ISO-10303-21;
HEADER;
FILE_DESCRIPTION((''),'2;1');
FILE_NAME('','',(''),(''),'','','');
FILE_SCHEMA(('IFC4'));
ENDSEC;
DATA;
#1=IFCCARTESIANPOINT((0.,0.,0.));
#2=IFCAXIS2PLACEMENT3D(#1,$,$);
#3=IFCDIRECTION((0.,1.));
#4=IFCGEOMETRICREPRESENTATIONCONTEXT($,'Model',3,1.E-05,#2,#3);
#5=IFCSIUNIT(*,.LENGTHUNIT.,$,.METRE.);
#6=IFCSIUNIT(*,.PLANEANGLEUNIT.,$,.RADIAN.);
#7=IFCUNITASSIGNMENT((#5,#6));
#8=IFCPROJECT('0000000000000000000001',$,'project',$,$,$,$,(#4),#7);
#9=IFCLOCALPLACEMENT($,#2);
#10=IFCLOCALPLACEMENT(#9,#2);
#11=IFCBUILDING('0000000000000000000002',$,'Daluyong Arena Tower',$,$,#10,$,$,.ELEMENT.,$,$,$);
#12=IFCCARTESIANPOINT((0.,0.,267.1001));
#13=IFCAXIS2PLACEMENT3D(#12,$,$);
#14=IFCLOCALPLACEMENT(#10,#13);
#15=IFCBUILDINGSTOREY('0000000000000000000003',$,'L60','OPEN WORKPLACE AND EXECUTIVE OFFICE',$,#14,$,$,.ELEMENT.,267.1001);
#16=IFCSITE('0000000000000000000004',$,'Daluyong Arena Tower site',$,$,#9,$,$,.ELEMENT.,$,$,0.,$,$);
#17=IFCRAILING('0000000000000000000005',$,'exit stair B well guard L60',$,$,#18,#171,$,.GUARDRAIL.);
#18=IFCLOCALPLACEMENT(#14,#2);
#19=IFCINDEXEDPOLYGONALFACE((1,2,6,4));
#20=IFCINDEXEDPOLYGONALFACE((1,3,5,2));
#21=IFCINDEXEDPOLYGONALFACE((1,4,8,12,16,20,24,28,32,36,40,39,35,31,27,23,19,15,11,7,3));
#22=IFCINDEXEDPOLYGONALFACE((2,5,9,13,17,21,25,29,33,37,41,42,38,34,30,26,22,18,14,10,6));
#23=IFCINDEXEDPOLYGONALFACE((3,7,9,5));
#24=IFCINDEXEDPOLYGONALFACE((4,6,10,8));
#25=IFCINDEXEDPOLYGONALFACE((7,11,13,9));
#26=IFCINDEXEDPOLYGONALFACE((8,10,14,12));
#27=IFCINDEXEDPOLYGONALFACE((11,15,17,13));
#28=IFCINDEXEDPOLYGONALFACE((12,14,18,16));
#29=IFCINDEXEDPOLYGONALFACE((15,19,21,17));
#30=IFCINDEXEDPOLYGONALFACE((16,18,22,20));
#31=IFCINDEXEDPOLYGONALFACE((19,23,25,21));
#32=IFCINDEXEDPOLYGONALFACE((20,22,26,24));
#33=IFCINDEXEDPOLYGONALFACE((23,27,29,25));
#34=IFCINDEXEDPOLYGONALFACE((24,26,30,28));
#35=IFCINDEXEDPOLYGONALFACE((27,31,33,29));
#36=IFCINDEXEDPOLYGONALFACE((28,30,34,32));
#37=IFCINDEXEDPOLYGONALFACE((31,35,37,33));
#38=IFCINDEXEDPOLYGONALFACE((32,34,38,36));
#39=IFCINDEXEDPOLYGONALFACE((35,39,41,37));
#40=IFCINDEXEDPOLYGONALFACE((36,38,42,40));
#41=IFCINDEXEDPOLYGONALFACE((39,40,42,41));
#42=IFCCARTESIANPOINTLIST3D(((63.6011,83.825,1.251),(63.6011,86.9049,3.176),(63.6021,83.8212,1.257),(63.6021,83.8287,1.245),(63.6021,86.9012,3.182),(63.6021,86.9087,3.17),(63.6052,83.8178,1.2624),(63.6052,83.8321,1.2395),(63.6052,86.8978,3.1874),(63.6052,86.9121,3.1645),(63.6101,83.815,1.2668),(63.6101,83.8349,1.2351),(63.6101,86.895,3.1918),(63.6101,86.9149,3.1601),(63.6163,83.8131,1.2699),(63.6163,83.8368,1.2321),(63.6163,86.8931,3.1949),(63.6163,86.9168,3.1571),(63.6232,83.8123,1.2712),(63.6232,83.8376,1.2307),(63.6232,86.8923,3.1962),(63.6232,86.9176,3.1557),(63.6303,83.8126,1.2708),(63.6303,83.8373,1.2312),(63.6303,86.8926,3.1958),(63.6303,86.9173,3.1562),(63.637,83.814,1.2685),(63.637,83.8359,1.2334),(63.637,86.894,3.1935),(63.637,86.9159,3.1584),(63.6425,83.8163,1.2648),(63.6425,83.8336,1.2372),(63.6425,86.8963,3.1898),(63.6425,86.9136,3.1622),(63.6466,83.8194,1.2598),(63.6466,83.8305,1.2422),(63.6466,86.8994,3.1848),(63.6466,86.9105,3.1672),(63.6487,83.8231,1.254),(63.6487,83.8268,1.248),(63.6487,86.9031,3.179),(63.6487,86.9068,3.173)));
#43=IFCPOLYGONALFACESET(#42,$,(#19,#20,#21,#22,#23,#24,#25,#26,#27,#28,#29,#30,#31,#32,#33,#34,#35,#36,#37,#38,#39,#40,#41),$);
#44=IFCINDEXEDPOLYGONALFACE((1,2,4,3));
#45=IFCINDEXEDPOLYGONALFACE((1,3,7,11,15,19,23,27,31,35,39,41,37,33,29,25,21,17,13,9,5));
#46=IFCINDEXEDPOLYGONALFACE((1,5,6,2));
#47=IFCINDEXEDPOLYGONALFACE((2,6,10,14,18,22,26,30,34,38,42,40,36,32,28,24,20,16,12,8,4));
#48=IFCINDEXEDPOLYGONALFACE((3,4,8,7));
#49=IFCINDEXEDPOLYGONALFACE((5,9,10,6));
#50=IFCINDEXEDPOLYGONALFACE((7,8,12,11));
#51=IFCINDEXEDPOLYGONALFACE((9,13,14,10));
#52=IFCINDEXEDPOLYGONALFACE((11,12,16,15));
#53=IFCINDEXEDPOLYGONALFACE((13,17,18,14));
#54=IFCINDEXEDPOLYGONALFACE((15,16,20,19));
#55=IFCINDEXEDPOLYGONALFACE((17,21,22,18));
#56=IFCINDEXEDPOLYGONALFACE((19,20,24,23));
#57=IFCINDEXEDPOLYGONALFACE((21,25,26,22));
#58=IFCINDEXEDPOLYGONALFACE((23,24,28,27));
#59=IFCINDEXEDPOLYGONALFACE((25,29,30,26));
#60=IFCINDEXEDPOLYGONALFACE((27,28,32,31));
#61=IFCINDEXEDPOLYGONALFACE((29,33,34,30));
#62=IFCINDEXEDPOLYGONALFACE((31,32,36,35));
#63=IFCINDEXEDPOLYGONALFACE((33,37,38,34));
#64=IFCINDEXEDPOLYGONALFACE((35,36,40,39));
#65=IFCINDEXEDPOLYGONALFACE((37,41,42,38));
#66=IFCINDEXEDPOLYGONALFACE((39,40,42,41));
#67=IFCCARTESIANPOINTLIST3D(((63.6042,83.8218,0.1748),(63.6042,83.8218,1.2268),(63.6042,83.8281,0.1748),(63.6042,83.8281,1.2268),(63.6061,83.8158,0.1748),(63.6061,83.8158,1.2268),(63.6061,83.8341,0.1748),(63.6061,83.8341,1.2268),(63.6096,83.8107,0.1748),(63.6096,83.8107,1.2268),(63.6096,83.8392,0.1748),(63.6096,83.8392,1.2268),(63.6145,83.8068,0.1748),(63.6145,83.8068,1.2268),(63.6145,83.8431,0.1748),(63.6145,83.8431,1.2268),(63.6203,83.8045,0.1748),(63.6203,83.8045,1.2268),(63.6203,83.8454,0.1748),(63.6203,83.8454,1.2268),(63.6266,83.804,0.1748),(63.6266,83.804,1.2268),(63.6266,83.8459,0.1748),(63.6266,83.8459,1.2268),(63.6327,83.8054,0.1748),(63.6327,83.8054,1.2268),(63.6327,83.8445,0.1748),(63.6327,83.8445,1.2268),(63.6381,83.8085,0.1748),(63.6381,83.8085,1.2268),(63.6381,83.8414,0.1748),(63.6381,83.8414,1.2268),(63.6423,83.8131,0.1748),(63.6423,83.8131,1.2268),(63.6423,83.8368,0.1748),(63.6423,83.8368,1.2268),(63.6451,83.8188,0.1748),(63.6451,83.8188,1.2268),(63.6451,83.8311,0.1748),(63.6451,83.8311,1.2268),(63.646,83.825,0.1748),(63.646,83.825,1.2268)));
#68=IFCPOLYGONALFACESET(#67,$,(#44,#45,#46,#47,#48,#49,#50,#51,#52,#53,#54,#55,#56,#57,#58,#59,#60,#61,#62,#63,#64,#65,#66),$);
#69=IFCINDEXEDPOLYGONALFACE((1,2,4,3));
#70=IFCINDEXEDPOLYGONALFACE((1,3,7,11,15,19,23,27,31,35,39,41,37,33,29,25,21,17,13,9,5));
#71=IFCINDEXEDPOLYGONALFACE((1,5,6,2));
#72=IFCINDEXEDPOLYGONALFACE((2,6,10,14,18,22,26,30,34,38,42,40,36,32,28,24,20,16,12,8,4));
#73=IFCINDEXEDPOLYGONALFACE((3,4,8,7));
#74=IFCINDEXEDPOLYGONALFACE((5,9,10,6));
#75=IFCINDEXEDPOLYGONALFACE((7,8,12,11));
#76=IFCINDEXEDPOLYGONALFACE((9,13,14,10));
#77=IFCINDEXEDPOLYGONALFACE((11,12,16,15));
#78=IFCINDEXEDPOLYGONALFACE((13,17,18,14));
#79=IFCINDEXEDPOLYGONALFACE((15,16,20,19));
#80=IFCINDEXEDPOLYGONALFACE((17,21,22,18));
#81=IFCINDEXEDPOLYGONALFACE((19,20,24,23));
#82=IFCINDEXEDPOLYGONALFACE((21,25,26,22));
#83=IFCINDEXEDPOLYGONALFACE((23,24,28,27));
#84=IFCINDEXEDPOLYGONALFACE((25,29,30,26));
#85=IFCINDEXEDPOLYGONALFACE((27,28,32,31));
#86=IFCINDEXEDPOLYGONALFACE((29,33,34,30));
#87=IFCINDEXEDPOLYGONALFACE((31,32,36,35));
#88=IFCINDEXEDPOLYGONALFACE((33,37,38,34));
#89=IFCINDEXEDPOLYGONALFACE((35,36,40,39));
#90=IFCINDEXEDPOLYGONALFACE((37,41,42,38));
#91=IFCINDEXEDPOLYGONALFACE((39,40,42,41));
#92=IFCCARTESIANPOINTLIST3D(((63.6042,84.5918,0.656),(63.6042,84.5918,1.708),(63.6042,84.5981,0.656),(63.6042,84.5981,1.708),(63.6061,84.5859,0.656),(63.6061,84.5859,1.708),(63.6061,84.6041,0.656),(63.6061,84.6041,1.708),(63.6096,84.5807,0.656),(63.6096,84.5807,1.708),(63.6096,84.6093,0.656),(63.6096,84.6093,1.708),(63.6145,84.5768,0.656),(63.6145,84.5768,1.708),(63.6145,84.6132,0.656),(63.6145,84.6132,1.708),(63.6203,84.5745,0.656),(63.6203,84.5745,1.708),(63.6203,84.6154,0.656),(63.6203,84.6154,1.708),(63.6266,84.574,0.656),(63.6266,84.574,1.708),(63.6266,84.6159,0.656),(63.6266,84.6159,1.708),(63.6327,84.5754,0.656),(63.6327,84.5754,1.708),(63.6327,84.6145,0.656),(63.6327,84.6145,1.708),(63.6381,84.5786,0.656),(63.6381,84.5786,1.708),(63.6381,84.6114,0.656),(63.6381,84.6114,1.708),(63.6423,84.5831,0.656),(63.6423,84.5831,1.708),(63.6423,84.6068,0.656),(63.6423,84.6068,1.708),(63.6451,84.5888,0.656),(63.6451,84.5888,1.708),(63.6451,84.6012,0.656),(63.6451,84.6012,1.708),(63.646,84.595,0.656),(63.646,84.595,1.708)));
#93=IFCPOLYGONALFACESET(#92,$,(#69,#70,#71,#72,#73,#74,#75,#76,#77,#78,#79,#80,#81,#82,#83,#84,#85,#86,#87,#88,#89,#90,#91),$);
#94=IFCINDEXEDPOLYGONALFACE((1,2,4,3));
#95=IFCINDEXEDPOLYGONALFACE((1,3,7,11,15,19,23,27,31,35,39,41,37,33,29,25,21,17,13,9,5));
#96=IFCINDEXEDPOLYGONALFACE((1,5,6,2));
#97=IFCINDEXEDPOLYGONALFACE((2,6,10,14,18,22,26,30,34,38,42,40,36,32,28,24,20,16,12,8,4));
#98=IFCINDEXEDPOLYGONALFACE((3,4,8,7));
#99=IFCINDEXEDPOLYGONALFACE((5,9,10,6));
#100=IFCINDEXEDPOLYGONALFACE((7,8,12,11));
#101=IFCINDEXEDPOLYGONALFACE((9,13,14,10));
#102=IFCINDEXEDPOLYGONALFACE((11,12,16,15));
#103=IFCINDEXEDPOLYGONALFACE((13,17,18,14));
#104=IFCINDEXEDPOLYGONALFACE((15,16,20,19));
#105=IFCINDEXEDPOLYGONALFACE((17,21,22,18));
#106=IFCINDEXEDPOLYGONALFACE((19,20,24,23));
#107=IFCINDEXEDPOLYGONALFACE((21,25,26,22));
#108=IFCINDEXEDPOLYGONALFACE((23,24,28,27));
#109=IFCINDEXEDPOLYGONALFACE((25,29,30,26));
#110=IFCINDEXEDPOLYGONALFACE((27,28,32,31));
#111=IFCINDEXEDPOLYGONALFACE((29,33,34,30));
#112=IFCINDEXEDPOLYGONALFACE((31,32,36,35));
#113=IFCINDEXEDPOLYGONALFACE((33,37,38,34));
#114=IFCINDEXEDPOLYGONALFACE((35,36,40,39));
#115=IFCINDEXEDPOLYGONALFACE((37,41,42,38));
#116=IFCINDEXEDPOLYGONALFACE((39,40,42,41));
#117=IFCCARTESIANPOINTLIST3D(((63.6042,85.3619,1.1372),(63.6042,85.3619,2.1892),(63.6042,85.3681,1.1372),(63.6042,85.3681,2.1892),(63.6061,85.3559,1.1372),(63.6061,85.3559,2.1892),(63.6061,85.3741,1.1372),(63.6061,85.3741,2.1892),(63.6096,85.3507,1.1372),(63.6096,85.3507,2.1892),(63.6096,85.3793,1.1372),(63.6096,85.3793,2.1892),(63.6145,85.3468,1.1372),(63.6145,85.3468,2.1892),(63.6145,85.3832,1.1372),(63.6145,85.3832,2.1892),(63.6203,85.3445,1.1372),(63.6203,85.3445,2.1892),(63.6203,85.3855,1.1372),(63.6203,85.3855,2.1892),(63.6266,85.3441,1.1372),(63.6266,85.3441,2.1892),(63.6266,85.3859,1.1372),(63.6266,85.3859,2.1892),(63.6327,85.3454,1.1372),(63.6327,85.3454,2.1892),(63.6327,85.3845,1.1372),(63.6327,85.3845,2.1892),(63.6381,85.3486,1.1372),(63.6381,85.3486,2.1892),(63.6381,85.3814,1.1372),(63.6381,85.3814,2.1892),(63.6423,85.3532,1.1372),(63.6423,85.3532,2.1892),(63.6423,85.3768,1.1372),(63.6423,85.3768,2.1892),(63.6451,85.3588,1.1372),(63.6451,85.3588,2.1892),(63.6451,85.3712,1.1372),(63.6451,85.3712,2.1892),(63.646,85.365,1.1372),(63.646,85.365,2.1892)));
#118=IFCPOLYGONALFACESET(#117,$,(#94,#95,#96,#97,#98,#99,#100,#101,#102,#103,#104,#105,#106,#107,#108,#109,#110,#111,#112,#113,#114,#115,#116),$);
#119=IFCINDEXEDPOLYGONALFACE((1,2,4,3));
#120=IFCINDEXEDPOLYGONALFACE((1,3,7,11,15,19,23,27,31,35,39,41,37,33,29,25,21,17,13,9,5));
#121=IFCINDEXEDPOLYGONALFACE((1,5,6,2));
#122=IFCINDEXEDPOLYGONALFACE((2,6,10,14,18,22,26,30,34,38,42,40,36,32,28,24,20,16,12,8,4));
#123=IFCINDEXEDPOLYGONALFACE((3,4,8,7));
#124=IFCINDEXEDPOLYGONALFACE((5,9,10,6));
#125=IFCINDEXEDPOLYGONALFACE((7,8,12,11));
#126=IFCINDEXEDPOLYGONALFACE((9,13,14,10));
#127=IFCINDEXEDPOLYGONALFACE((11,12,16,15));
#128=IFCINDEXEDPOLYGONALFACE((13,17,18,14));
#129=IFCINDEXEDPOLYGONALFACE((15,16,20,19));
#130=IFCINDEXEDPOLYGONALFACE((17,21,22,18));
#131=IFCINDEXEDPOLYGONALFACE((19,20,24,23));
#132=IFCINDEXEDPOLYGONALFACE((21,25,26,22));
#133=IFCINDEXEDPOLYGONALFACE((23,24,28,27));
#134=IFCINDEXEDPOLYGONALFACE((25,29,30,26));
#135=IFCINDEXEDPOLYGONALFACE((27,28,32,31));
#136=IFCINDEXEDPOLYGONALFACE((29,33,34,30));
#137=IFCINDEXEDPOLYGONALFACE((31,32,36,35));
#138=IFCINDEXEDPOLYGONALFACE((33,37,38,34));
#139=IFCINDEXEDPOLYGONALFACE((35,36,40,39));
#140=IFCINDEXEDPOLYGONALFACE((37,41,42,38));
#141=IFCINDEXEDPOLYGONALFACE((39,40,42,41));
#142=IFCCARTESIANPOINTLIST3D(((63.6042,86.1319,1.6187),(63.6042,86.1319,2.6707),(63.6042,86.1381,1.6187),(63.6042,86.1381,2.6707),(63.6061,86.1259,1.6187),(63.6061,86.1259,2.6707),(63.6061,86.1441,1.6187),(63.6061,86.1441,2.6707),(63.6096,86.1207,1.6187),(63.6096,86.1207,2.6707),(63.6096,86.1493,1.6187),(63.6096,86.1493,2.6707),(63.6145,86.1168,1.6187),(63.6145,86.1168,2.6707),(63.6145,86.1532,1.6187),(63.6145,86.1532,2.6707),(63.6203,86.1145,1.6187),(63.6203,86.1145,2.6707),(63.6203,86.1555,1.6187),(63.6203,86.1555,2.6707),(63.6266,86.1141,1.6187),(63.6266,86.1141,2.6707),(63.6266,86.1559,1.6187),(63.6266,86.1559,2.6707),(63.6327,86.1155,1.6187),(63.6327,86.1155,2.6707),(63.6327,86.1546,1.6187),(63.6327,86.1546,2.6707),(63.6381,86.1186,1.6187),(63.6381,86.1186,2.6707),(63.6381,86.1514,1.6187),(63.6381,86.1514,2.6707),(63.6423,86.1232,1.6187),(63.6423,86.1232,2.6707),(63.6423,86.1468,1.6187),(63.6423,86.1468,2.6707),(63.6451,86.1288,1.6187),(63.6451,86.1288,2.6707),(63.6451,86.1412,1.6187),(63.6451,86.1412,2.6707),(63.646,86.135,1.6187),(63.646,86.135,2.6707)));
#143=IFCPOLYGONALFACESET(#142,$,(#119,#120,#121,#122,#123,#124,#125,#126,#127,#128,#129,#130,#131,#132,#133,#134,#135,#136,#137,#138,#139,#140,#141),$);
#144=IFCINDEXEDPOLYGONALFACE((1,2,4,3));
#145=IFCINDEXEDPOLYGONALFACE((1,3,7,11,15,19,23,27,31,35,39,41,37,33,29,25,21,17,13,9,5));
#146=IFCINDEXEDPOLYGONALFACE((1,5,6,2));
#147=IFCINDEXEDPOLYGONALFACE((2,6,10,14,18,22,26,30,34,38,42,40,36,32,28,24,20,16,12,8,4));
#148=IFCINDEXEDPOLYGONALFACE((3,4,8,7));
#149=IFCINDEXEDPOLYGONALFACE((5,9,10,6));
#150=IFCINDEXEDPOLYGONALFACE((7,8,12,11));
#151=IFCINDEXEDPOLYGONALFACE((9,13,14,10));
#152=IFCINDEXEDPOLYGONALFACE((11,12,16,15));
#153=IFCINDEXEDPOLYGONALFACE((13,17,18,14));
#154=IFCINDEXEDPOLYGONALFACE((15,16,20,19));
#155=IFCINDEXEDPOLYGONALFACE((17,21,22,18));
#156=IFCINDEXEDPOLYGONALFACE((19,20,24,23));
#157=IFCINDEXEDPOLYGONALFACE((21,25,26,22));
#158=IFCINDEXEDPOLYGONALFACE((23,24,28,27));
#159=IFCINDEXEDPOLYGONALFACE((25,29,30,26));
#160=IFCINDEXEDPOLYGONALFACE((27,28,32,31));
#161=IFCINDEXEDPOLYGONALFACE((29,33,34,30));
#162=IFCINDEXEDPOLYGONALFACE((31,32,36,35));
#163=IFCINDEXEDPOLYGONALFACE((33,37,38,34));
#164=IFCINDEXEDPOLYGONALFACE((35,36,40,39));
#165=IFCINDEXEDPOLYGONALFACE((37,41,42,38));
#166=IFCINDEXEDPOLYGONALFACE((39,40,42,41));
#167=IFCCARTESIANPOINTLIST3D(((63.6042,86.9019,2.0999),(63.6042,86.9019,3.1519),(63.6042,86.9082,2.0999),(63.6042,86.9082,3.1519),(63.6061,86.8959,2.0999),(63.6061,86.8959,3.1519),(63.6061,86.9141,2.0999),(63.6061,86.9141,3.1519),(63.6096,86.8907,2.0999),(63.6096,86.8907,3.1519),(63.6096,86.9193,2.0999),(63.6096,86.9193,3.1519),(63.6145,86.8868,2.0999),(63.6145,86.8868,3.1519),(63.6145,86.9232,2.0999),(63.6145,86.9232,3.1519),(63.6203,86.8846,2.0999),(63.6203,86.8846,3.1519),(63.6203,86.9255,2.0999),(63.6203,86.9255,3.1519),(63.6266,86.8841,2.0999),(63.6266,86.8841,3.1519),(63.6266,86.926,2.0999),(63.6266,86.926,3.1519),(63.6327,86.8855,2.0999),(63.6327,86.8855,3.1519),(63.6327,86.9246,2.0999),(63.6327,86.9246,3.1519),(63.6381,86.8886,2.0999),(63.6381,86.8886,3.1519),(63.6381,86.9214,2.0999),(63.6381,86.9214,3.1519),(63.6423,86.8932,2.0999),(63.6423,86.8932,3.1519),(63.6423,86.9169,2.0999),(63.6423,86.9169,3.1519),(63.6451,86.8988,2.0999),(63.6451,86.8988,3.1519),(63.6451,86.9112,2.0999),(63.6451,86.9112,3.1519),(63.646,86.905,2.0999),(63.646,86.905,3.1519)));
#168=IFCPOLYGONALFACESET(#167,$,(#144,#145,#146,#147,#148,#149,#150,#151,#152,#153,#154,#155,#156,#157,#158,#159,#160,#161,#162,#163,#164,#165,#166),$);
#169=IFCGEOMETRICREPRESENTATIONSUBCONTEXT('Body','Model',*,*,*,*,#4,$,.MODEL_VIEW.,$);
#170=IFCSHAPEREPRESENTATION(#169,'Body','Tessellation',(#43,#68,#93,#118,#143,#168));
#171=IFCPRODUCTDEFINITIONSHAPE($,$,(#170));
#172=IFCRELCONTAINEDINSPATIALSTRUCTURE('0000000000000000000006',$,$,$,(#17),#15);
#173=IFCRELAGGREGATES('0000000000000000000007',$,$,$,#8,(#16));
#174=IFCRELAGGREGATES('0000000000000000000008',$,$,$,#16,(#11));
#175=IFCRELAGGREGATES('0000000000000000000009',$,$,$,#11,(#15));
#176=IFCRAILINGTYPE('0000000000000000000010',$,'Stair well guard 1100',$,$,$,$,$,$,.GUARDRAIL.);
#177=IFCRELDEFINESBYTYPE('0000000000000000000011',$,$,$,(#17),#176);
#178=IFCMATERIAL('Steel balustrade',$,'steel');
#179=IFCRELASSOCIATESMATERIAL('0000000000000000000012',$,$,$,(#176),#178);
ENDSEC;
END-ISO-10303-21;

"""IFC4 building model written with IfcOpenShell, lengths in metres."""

from ifc_helpers import new_model, si_unit, direction, frame, origin, origin_2d, place, context, subcontext, project, spatial, circle, extrude, material, type_object, element, save


model = new_model("IFC4")

# Units and contexts
model_context = context("Model", 3, precision=1e-05, world=origin(), true_north=direction((0.0, 1.0)))
body_context = subcontext(model_context, "Body", "Model", "MODEL_VIEW")
ifc_project = project(units=[si_unit("LENGTHUNIT", "METRE"), si_unit("PLANEANGLEUNIT", "RADIAN")], contexts=[model_context])

# Site, building, storey
site_placement = place(None, origin())
site = spatial("IfcSite", under=ifc_project, at=site_placement, Name="Daluyong Arena Tower site", CompositionType="ELEMENT", RefElevation=0.0)
building_placement = place(site_placement, origin())
building = spatial("IfcBuilding", under=site, at=building_placement, Name="Daluyong Arena Tower", CompositionType="ELEMENT")
storey_placement = place(building_placement, frame((0.0, 0.0, 267.1001)))
storey = spatial("IfcBuildingStorey", under=building, at=storey_placement, Name="L60", Description="OPEN WORKPLACE AND EXECUTIVE OFFICE", CompositionType="ELEMENT", Elevation=267.1001)

# Railing
ifc_material_1 = material(Name="Steel balustrade", Category="steel")
railing_type_1 = type_object("IfcRailingType", Name="Stair well guard 1100", PredefinedType="GUARDRAIL", material=ifc_material_1)
railing_1_placement = place(storey_placement, frame((63.625, 83.825, 0.1748)))
element("IfcRailing", 1, at=railing_1_placement, inside=storey, type_object=railing_type_1, Name="exit stair B well guard L60", PredefinedType="GUARDRAIL", context=body_context, shape_type="SweptSolid", body=[
    extrude(circle(Radius=0.0239, at=origin_2d()), frame((0.0, 0.0, 1.0762), z_axis=(0.0, 0.847998, 0.529999), x_axis=(-1.0, 0.0, 0.0)), (0.0, 0.0, 1.0), 3.6321),
    extrude(circle(Radius=0.021, at=origin_2d()), origin(), (0.0, 0.0, 1.0), 1.052),
    extrude(circle(Radius=0.021, at=origin_2d()), frame((0.0, 0.77, 0.4812)), (0.0, 0.0, 1.0), 1.052),
    extrude(circle(Radius=0.021, at=origin_2d()), frame((0.0, 1.54, 0.9624)), (0.0, 0.0, 1.0), 1.052),
    extrude(circle(Radius=0.021, at=origin_2d()), frame((0.0, 2.3101, 1.4438)), (0.0, 0.0, 1.0), 1.052),
    extrude(circle(Radius=0.021, at=origin_2d()), frame((0.0, 3.0801, 1.925)), (0.0, 0.0, 1.0), 1.052),
])

save(model, "model.ifc")
